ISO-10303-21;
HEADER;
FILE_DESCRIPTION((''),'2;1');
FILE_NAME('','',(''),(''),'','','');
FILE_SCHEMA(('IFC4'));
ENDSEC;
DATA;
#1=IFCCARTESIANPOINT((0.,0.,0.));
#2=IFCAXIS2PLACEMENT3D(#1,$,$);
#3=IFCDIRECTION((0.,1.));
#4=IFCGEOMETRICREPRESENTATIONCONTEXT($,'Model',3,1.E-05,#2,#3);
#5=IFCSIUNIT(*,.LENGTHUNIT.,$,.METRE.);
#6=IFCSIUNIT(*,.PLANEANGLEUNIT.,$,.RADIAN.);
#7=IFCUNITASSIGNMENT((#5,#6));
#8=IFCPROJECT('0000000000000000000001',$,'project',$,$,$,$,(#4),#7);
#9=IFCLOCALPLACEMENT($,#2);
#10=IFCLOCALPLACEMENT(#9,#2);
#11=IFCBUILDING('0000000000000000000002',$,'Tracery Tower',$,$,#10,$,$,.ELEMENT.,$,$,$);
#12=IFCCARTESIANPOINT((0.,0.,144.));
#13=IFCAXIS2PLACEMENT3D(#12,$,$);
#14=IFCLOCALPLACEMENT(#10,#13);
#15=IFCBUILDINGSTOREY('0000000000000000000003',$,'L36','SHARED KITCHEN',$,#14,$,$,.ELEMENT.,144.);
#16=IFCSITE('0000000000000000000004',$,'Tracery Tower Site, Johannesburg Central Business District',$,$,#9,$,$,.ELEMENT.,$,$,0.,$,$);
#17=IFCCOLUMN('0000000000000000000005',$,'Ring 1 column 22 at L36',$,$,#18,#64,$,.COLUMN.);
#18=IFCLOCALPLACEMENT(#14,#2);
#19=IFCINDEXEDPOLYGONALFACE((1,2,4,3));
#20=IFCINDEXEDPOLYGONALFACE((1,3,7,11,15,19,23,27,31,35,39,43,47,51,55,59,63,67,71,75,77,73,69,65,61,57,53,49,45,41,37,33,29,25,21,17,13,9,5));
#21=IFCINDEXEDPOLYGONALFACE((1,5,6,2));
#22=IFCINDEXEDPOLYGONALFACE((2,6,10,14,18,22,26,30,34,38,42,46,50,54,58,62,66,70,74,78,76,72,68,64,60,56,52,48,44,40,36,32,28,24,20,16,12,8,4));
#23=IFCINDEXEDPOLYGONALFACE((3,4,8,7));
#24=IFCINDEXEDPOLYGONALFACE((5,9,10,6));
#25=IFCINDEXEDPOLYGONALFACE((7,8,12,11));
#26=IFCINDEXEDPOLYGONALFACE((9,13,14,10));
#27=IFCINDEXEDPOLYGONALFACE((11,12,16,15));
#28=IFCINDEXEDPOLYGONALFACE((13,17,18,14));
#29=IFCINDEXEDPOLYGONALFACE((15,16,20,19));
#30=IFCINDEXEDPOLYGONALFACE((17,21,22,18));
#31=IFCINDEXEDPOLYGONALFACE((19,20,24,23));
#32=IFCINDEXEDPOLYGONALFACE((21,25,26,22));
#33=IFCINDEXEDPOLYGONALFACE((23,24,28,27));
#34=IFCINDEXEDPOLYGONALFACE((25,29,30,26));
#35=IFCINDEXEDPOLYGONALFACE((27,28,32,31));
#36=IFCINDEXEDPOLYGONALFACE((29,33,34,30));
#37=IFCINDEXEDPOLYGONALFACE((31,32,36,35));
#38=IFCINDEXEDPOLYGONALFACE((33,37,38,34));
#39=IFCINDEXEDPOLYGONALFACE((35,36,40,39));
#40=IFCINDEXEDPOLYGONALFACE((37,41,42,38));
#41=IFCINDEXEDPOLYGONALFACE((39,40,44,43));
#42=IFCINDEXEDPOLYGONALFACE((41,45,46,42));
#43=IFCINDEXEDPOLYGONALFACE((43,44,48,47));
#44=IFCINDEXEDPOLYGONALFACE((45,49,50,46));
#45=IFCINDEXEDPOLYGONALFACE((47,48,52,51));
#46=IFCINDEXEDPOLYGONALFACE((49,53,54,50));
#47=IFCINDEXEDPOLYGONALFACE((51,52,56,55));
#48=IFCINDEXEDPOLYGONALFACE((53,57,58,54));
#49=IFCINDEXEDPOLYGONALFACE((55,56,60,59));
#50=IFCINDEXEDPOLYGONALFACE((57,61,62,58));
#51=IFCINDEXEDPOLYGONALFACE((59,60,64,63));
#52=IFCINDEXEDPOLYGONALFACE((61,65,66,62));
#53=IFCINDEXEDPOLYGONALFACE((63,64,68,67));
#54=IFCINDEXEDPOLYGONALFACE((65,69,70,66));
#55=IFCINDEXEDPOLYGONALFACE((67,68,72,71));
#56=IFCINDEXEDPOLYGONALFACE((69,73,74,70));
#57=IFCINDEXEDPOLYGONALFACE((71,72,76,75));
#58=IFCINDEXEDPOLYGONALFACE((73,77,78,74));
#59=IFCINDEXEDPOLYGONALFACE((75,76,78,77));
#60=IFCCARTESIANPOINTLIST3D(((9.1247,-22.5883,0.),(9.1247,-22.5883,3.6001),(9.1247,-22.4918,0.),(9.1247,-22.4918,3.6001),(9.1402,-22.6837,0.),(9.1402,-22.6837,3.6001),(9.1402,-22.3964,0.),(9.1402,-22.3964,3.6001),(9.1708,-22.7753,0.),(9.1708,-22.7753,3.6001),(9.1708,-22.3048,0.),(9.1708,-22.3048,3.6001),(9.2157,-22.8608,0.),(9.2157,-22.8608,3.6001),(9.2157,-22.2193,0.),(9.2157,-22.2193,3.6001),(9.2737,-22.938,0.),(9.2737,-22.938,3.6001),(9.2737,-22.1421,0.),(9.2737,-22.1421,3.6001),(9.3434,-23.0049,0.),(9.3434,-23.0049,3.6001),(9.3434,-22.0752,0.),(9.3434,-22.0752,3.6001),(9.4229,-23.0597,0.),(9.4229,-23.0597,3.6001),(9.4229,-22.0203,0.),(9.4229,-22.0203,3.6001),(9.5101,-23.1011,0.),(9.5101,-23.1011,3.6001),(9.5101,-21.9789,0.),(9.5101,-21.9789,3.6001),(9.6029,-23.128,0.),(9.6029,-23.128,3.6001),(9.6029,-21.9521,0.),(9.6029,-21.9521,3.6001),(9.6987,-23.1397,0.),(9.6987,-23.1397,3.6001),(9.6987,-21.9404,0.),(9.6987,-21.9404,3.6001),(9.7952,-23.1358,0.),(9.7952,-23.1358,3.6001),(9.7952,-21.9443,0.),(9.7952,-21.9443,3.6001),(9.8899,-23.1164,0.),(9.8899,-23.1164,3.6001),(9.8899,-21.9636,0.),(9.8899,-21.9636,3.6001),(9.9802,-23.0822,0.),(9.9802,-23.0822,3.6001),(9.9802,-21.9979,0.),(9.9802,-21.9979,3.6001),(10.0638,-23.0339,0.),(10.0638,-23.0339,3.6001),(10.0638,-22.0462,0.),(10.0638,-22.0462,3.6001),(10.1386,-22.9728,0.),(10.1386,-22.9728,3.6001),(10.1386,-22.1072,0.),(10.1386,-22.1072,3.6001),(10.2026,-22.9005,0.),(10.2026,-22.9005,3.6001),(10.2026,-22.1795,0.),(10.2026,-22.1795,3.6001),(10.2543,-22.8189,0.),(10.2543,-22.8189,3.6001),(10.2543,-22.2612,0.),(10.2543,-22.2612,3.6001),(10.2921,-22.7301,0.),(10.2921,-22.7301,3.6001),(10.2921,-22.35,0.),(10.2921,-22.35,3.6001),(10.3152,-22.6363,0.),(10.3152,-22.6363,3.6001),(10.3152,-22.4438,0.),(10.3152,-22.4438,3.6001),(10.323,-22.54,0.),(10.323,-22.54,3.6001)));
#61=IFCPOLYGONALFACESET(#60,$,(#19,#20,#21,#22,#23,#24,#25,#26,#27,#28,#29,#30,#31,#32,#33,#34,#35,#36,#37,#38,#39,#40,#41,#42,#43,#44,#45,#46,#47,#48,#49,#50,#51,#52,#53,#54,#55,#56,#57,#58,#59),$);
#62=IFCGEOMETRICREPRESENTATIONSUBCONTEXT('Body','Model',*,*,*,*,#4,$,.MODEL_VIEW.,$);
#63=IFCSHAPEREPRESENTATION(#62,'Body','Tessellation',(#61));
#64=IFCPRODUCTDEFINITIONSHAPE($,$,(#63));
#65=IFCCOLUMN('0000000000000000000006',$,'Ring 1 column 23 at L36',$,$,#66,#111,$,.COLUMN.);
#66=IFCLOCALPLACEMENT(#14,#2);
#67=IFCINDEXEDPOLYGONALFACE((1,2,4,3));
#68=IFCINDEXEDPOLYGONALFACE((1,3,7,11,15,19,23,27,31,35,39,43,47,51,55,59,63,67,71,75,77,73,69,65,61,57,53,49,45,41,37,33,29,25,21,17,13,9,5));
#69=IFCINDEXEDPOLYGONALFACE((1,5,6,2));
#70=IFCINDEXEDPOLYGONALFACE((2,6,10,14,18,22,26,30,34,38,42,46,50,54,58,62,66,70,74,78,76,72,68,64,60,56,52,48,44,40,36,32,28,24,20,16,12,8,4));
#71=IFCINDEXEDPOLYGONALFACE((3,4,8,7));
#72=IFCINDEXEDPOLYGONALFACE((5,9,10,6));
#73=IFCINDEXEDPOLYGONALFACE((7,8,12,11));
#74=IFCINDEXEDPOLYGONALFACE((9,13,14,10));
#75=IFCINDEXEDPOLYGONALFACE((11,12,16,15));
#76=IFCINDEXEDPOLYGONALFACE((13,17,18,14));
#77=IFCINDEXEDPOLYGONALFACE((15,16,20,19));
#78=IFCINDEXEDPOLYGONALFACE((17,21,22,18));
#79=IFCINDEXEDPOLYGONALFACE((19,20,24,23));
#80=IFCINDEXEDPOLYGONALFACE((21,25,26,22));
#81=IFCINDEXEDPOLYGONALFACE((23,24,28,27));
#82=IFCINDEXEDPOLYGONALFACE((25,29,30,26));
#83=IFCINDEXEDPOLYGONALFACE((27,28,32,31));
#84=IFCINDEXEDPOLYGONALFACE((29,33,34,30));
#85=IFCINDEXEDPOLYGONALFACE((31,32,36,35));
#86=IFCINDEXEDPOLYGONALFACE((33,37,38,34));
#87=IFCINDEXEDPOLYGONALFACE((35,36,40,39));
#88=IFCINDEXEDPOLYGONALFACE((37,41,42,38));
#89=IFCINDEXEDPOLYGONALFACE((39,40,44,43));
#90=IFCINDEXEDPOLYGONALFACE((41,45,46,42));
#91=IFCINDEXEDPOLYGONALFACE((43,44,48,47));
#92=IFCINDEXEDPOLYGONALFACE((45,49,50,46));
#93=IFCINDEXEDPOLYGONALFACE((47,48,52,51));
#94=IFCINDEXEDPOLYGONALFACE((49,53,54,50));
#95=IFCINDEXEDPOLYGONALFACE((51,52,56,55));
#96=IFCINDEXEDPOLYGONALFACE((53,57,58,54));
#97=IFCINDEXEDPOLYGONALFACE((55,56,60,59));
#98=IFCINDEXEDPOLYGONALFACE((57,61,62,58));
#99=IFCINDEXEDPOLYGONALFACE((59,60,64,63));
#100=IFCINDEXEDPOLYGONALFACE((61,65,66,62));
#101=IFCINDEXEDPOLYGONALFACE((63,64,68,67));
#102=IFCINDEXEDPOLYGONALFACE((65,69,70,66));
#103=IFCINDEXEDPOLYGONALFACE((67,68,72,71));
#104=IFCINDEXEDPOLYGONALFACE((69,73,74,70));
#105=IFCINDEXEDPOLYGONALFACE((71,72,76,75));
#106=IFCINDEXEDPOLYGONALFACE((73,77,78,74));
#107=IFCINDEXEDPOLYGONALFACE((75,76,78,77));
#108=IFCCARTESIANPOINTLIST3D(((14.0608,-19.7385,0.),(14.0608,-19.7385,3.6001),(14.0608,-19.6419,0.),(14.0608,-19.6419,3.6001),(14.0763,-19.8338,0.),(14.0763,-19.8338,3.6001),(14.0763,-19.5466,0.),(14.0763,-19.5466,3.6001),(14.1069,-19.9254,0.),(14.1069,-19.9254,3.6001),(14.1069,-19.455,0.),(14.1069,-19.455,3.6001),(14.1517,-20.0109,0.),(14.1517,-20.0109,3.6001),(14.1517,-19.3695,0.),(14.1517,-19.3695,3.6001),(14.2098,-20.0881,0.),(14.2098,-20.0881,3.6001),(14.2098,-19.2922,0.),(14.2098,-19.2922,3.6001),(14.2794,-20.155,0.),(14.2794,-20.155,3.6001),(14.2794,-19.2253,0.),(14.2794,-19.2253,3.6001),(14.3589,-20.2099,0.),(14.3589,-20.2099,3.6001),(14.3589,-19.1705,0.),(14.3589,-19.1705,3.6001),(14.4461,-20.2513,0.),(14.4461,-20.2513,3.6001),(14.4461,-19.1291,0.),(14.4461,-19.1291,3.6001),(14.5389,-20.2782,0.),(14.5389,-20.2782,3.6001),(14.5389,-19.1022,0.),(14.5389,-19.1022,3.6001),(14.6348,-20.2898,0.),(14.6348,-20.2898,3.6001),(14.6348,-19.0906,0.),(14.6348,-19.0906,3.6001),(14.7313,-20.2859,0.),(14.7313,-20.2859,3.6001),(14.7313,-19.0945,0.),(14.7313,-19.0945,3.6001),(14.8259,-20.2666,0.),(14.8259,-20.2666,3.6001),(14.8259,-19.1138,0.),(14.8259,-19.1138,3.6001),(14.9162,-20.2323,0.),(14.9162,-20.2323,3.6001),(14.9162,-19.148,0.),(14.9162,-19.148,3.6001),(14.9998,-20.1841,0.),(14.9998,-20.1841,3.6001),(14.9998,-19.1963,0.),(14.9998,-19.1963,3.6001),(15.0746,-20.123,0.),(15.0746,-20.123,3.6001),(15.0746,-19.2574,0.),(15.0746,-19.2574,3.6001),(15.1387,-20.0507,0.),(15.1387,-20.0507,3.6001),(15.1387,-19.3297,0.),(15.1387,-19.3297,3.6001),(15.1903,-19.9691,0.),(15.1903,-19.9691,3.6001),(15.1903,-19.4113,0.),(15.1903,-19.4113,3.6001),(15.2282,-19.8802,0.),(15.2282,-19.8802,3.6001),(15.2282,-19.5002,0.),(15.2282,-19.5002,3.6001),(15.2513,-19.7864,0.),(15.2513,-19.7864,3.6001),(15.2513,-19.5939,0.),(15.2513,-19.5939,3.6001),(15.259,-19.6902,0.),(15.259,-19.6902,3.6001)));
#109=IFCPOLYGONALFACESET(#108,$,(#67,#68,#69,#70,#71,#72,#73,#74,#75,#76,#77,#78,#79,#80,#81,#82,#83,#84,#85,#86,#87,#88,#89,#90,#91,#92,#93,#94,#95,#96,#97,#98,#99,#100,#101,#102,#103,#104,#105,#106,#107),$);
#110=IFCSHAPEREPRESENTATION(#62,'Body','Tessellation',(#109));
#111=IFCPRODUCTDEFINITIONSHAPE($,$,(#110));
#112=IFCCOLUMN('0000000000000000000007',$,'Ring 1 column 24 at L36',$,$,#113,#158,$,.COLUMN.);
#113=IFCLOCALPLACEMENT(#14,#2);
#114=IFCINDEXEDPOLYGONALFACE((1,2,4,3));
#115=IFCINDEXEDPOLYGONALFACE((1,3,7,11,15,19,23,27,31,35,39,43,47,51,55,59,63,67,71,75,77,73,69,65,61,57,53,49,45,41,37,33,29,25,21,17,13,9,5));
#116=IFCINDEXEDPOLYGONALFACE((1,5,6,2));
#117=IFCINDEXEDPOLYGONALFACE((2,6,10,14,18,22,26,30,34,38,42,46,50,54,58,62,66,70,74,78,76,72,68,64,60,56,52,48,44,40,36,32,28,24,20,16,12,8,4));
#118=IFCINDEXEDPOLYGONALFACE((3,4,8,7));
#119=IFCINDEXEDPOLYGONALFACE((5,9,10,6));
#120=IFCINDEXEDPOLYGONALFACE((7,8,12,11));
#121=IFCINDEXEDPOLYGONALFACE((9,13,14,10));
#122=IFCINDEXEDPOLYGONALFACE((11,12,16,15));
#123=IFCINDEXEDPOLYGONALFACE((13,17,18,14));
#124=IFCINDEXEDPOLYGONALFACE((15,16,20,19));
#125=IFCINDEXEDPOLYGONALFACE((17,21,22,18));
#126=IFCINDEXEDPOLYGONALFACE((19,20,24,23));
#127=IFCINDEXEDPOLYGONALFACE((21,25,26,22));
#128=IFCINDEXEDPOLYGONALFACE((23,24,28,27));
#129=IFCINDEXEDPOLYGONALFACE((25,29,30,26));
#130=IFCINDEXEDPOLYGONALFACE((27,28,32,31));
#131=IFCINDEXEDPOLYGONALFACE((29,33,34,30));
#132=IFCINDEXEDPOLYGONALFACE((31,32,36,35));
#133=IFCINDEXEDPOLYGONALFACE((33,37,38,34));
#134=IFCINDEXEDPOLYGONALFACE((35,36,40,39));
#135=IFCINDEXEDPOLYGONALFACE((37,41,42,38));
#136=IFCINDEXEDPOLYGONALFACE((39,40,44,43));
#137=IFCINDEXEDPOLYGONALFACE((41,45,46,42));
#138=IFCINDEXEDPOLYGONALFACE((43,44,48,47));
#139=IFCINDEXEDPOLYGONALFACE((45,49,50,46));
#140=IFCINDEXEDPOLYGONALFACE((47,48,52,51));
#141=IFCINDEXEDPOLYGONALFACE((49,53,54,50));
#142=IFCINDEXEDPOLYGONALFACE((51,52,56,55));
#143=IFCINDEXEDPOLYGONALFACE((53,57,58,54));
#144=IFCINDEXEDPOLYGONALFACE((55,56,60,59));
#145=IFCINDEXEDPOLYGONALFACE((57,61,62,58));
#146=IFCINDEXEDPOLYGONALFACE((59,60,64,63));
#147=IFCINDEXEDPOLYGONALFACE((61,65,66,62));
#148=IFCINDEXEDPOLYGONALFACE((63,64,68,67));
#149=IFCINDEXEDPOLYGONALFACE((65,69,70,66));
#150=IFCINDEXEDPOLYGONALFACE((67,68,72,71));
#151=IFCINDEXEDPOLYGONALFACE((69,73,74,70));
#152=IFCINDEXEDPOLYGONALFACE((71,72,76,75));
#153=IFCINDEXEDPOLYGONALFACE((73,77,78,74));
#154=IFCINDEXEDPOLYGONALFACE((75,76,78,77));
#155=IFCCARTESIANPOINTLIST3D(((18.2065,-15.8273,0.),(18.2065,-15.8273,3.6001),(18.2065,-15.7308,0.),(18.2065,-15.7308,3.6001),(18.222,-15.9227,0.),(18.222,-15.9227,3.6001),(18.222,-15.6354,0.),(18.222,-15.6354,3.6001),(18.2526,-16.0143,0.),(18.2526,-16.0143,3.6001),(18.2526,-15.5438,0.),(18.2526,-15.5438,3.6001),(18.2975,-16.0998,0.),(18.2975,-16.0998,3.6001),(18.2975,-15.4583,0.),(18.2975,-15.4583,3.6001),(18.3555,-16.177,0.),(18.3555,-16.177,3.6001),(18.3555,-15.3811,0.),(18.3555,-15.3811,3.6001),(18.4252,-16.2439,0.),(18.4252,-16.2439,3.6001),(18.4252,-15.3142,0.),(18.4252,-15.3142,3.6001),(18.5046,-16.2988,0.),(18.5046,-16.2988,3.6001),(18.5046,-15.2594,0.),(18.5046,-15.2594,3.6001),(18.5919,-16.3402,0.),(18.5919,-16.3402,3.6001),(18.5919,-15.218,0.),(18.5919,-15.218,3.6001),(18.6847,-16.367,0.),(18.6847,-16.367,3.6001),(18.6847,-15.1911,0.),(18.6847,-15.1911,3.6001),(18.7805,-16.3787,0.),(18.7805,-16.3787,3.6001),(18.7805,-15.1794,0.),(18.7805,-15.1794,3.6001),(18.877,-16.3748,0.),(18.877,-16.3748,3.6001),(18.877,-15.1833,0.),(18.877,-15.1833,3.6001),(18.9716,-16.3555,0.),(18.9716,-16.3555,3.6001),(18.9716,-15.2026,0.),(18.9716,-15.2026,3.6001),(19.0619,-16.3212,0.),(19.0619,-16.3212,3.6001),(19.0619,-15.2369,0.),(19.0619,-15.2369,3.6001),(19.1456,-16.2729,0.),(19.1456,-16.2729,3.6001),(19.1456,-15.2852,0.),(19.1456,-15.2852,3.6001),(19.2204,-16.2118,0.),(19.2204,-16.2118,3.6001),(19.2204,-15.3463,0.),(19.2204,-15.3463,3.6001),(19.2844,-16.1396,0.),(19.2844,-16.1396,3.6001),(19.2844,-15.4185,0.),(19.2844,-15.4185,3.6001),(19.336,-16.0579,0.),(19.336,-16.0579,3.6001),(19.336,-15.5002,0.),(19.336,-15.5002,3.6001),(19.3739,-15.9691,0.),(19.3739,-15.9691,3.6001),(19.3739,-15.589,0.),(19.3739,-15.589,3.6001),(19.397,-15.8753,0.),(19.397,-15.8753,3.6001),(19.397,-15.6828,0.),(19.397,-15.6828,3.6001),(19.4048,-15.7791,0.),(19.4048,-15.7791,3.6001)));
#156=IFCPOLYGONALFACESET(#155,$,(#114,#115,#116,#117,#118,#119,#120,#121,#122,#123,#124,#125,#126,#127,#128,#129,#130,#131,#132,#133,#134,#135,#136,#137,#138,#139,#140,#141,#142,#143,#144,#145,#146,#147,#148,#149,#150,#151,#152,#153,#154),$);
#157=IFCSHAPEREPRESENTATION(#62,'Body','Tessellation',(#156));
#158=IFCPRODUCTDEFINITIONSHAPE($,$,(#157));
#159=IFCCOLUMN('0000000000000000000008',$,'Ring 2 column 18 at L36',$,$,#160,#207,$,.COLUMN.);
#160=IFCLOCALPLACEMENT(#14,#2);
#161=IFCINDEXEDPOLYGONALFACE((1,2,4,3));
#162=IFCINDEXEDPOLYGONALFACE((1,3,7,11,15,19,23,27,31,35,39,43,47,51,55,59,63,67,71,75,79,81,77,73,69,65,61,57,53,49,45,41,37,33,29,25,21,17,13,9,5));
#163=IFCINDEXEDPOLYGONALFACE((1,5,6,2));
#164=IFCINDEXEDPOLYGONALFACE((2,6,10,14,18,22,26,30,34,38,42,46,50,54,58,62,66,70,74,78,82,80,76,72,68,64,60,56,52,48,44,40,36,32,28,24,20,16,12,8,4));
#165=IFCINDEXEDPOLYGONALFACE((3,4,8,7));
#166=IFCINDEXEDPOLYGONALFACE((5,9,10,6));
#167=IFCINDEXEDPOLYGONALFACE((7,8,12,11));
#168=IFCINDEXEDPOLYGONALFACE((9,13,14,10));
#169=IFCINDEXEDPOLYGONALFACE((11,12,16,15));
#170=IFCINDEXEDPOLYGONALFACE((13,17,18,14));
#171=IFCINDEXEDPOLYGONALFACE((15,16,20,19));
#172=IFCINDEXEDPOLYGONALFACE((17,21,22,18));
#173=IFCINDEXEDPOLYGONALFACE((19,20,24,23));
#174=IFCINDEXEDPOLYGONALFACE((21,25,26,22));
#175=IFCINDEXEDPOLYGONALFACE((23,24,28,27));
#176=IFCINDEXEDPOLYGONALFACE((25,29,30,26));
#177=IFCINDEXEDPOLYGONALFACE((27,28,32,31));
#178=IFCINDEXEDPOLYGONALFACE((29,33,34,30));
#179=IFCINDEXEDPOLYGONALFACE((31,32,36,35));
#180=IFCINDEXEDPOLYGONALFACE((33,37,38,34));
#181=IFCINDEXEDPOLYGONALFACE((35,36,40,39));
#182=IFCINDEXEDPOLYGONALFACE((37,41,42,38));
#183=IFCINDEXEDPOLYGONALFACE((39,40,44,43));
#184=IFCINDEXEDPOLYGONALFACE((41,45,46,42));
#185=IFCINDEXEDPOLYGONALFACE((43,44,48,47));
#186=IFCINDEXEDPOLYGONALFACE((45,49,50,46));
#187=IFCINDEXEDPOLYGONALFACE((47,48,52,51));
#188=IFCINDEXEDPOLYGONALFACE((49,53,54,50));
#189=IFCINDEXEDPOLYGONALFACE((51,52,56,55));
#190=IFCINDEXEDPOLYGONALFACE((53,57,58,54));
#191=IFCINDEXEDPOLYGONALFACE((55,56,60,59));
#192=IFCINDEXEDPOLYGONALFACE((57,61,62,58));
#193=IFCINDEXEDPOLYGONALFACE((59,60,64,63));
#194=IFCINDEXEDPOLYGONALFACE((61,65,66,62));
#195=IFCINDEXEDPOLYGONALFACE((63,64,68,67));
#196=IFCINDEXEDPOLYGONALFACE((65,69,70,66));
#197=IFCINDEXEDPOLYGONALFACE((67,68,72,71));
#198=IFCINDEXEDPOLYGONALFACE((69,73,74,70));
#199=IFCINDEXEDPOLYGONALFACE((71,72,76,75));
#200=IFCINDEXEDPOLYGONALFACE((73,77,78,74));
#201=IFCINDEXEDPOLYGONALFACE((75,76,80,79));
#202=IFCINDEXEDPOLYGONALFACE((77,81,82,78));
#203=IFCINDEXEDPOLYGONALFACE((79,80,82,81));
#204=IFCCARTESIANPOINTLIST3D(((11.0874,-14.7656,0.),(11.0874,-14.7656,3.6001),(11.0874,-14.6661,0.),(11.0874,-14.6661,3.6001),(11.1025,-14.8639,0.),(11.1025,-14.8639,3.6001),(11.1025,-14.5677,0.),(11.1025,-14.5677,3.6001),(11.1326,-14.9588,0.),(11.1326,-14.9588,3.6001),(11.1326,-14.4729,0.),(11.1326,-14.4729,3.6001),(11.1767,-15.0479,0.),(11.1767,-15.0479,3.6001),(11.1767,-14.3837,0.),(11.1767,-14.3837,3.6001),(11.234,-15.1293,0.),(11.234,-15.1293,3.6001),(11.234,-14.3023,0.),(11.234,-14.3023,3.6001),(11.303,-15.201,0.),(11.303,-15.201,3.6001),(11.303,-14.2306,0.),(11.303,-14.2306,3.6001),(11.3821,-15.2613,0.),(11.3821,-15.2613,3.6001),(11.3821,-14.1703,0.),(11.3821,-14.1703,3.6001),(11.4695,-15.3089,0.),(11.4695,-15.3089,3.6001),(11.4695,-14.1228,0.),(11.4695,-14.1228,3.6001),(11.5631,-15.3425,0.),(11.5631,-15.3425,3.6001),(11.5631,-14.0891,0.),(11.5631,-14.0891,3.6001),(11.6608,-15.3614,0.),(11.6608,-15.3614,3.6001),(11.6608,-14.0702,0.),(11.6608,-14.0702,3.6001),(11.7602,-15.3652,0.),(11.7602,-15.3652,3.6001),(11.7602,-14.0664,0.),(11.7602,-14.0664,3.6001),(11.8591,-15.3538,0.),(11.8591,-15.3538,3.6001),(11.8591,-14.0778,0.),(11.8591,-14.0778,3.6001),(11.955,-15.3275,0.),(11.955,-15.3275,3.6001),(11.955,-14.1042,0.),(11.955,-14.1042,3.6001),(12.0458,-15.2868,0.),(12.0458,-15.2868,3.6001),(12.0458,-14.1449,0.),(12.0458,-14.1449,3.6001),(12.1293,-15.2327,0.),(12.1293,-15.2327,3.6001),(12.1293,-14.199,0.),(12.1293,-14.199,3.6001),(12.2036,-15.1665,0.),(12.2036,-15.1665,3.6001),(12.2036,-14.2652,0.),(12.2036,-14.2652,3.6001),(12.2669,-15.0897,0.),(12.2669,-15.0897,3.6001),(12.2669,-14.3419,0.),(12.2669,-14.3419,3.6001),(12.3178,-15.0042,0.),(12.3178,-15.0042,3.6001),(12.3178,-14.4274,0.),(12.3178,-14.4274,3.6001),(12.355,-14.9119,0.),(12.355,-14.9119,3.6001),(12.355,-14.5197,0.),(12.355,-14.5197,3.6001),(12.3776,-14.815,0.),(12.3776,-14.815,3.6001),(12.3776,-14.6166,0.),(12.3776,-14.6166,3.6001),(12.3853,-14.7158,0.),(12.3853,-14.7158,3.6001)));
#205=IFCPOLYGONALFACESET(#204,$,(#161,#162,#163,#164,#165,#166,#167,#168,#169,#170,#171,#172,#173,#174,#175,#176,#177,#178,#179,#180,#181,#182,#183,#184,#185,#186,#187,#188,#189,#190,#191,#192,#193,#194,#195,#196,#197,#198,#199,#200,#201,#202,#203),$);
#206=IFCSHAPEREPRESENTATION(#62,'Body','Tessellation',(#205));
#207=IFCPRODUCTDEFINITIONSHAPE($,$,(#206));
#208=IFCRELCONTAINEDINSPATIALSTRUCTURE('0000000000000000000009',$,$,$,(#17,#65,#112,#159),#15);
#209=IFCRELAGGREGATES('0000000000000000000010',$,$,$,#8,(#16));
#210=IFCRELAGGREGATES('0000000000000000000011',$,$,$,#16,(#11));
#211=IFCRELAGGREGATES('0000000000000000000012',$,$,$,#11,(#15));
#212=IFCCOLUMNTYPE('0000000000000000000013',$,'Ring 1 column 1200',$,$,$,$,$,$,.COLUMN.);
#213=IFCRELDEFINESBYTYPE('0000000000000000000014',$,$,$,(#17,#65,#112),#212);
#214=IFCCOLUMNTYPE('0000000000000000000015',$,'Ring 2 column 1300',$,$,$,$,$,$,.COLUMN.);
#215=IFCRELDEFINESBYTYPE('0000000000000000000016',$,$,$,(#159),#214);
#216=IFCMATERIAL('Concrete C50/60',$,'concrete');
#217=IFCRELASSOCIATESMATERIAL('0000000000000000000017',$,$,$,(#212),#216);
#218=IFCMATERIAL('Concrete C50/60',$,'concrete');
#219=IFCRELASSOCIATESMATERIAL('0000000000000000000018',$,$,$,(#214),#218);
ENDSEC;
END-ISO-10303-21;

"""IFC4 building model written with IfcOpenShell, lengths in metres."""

from ifc_helpers import new_model, si_unit, direction, frame, origin, origin_2d, place, context, subcontext, project, spatial, circle, extrude, material, material_profile, profile_set, type_object, element, save


model = new_model("IFC4")

# Units and contexts
model_context = context("Model", 3, precision=1e-05, world=origin(), true_north=direction((0.0, 1.0)))
body_context = subcontext(model_context, "Body", "Model", "MODEL_VIEW")
ifc_project = project(units=[si_unit("LENGTHUNIT", "METRE"), si_unit("PLANEANGLEUNIT", "RADIAN")], contexts=[model_context])

# Site, building, storey
site_placement = place(None, origin())
site = spatial("IfcSite", under=ifc_project, at=site_placement, Name="Tracery Tower Site, Johannesburg Central Business District", CompositionType="ELEMENT", RefElevation=0.0)
building_placement = place(site_placement, origin())
building = spatial("IfcBuilding", under=site, at=building_placement, Name="Tracery Tower", CompositionType="ELEMENT")
storey_placement = place(building_placement, frame((0.0, 0.0, 144.0)))
storey = spatial("IfcBuildingStorey", under=building, at=storey_placement, Name="L36", Description="SHARED KITCHEN", CompositionType="ELEMENT", Elevation=144.0)

# Columns
ifc_material_1 = material(Name="Concrete C50/60", Category="concrete")
ifc_material_profile_1 = material_profile(ifc_material_1, circle(Radius=0.6001, at=origin_2d()), Name="RC D1200")
ifc_profile_set_1 = profile_set([ifc_material_profile_1], Name="Concrete C50/60")
column_type_1 = type_object("IfcColumnType", Name="Ring 1 column 1200", PredefinedType="COLUMN", material=ifc_profile_set_1)
for number, where, z_axis, x_axis, name in (
    (1, (9.7229, -22.54, 0.0), (0.0, 0.0, 1.0), (1.0, 0.0, 0.0), "Ring 1 column 22 at L36"),
    (2, (14.6589, -19.6902, 0.0), (0.0, 0.0, 1.0), (1.0, 0.0, 0.0), "Ring 1 column 23 at L36"),
    (3, (18.8047, -15.7791, 0.0), (0.0, 0.0, 1.0), (1.0, 0.0, 0.0), "Ring 1 column 24 at L36"),
):
    element("IfcColumn", number, at=place(storey_placement, frame(where, z_axis=z_axis, x_axis=x_axis)), inside=storey, type_object=column_type_1, Name=name, PredefinedType="COLUMN", context=body_context, shape_type="SweptSolid", body=[
        extrude(circle(Radius=0.6001, at=origin_2d()), origin(), (0.0, 0.0, 1.0), 3.6001),
    ])
ifc_material_2 = material(Name="Concrete C50/60", Category="concrete")
ifc_material_profile_2 = material_profile(ifc_material_2, circle(Radius=0.6499, at=origin_2d()), Name="RC D1300")
ifc_profile_set_2 = profile_set([ifc_material_profile_2], Name="Concrete C50/60")
column_type_2 = type_object("IfcColumnType", Name="Ring 2 column 1300", PredefinedType="COLUMN", material=ifc_profile_set_2)
column_placement = place(storey_placement, frame((11.7354, -14.7158, 0.0), z_axis=(0.0, 0.0, 1.0), x_axis=(1.0, 0.0, 0.0)))
element("IfcColumn", 4, at=column_placement, inside=storey, type_object=column_type_2, Name="Ring 2 column 18 at L36", PredefinedType="COLUMN", context=body_context, shape_type="SweptSolid", body=[
    extrude(circle(Radius=0.6499, at=origin_2d()), origin(), (0.0, 0.0, 1.0), 3.6001),
])

save(model, "model.ifc")
